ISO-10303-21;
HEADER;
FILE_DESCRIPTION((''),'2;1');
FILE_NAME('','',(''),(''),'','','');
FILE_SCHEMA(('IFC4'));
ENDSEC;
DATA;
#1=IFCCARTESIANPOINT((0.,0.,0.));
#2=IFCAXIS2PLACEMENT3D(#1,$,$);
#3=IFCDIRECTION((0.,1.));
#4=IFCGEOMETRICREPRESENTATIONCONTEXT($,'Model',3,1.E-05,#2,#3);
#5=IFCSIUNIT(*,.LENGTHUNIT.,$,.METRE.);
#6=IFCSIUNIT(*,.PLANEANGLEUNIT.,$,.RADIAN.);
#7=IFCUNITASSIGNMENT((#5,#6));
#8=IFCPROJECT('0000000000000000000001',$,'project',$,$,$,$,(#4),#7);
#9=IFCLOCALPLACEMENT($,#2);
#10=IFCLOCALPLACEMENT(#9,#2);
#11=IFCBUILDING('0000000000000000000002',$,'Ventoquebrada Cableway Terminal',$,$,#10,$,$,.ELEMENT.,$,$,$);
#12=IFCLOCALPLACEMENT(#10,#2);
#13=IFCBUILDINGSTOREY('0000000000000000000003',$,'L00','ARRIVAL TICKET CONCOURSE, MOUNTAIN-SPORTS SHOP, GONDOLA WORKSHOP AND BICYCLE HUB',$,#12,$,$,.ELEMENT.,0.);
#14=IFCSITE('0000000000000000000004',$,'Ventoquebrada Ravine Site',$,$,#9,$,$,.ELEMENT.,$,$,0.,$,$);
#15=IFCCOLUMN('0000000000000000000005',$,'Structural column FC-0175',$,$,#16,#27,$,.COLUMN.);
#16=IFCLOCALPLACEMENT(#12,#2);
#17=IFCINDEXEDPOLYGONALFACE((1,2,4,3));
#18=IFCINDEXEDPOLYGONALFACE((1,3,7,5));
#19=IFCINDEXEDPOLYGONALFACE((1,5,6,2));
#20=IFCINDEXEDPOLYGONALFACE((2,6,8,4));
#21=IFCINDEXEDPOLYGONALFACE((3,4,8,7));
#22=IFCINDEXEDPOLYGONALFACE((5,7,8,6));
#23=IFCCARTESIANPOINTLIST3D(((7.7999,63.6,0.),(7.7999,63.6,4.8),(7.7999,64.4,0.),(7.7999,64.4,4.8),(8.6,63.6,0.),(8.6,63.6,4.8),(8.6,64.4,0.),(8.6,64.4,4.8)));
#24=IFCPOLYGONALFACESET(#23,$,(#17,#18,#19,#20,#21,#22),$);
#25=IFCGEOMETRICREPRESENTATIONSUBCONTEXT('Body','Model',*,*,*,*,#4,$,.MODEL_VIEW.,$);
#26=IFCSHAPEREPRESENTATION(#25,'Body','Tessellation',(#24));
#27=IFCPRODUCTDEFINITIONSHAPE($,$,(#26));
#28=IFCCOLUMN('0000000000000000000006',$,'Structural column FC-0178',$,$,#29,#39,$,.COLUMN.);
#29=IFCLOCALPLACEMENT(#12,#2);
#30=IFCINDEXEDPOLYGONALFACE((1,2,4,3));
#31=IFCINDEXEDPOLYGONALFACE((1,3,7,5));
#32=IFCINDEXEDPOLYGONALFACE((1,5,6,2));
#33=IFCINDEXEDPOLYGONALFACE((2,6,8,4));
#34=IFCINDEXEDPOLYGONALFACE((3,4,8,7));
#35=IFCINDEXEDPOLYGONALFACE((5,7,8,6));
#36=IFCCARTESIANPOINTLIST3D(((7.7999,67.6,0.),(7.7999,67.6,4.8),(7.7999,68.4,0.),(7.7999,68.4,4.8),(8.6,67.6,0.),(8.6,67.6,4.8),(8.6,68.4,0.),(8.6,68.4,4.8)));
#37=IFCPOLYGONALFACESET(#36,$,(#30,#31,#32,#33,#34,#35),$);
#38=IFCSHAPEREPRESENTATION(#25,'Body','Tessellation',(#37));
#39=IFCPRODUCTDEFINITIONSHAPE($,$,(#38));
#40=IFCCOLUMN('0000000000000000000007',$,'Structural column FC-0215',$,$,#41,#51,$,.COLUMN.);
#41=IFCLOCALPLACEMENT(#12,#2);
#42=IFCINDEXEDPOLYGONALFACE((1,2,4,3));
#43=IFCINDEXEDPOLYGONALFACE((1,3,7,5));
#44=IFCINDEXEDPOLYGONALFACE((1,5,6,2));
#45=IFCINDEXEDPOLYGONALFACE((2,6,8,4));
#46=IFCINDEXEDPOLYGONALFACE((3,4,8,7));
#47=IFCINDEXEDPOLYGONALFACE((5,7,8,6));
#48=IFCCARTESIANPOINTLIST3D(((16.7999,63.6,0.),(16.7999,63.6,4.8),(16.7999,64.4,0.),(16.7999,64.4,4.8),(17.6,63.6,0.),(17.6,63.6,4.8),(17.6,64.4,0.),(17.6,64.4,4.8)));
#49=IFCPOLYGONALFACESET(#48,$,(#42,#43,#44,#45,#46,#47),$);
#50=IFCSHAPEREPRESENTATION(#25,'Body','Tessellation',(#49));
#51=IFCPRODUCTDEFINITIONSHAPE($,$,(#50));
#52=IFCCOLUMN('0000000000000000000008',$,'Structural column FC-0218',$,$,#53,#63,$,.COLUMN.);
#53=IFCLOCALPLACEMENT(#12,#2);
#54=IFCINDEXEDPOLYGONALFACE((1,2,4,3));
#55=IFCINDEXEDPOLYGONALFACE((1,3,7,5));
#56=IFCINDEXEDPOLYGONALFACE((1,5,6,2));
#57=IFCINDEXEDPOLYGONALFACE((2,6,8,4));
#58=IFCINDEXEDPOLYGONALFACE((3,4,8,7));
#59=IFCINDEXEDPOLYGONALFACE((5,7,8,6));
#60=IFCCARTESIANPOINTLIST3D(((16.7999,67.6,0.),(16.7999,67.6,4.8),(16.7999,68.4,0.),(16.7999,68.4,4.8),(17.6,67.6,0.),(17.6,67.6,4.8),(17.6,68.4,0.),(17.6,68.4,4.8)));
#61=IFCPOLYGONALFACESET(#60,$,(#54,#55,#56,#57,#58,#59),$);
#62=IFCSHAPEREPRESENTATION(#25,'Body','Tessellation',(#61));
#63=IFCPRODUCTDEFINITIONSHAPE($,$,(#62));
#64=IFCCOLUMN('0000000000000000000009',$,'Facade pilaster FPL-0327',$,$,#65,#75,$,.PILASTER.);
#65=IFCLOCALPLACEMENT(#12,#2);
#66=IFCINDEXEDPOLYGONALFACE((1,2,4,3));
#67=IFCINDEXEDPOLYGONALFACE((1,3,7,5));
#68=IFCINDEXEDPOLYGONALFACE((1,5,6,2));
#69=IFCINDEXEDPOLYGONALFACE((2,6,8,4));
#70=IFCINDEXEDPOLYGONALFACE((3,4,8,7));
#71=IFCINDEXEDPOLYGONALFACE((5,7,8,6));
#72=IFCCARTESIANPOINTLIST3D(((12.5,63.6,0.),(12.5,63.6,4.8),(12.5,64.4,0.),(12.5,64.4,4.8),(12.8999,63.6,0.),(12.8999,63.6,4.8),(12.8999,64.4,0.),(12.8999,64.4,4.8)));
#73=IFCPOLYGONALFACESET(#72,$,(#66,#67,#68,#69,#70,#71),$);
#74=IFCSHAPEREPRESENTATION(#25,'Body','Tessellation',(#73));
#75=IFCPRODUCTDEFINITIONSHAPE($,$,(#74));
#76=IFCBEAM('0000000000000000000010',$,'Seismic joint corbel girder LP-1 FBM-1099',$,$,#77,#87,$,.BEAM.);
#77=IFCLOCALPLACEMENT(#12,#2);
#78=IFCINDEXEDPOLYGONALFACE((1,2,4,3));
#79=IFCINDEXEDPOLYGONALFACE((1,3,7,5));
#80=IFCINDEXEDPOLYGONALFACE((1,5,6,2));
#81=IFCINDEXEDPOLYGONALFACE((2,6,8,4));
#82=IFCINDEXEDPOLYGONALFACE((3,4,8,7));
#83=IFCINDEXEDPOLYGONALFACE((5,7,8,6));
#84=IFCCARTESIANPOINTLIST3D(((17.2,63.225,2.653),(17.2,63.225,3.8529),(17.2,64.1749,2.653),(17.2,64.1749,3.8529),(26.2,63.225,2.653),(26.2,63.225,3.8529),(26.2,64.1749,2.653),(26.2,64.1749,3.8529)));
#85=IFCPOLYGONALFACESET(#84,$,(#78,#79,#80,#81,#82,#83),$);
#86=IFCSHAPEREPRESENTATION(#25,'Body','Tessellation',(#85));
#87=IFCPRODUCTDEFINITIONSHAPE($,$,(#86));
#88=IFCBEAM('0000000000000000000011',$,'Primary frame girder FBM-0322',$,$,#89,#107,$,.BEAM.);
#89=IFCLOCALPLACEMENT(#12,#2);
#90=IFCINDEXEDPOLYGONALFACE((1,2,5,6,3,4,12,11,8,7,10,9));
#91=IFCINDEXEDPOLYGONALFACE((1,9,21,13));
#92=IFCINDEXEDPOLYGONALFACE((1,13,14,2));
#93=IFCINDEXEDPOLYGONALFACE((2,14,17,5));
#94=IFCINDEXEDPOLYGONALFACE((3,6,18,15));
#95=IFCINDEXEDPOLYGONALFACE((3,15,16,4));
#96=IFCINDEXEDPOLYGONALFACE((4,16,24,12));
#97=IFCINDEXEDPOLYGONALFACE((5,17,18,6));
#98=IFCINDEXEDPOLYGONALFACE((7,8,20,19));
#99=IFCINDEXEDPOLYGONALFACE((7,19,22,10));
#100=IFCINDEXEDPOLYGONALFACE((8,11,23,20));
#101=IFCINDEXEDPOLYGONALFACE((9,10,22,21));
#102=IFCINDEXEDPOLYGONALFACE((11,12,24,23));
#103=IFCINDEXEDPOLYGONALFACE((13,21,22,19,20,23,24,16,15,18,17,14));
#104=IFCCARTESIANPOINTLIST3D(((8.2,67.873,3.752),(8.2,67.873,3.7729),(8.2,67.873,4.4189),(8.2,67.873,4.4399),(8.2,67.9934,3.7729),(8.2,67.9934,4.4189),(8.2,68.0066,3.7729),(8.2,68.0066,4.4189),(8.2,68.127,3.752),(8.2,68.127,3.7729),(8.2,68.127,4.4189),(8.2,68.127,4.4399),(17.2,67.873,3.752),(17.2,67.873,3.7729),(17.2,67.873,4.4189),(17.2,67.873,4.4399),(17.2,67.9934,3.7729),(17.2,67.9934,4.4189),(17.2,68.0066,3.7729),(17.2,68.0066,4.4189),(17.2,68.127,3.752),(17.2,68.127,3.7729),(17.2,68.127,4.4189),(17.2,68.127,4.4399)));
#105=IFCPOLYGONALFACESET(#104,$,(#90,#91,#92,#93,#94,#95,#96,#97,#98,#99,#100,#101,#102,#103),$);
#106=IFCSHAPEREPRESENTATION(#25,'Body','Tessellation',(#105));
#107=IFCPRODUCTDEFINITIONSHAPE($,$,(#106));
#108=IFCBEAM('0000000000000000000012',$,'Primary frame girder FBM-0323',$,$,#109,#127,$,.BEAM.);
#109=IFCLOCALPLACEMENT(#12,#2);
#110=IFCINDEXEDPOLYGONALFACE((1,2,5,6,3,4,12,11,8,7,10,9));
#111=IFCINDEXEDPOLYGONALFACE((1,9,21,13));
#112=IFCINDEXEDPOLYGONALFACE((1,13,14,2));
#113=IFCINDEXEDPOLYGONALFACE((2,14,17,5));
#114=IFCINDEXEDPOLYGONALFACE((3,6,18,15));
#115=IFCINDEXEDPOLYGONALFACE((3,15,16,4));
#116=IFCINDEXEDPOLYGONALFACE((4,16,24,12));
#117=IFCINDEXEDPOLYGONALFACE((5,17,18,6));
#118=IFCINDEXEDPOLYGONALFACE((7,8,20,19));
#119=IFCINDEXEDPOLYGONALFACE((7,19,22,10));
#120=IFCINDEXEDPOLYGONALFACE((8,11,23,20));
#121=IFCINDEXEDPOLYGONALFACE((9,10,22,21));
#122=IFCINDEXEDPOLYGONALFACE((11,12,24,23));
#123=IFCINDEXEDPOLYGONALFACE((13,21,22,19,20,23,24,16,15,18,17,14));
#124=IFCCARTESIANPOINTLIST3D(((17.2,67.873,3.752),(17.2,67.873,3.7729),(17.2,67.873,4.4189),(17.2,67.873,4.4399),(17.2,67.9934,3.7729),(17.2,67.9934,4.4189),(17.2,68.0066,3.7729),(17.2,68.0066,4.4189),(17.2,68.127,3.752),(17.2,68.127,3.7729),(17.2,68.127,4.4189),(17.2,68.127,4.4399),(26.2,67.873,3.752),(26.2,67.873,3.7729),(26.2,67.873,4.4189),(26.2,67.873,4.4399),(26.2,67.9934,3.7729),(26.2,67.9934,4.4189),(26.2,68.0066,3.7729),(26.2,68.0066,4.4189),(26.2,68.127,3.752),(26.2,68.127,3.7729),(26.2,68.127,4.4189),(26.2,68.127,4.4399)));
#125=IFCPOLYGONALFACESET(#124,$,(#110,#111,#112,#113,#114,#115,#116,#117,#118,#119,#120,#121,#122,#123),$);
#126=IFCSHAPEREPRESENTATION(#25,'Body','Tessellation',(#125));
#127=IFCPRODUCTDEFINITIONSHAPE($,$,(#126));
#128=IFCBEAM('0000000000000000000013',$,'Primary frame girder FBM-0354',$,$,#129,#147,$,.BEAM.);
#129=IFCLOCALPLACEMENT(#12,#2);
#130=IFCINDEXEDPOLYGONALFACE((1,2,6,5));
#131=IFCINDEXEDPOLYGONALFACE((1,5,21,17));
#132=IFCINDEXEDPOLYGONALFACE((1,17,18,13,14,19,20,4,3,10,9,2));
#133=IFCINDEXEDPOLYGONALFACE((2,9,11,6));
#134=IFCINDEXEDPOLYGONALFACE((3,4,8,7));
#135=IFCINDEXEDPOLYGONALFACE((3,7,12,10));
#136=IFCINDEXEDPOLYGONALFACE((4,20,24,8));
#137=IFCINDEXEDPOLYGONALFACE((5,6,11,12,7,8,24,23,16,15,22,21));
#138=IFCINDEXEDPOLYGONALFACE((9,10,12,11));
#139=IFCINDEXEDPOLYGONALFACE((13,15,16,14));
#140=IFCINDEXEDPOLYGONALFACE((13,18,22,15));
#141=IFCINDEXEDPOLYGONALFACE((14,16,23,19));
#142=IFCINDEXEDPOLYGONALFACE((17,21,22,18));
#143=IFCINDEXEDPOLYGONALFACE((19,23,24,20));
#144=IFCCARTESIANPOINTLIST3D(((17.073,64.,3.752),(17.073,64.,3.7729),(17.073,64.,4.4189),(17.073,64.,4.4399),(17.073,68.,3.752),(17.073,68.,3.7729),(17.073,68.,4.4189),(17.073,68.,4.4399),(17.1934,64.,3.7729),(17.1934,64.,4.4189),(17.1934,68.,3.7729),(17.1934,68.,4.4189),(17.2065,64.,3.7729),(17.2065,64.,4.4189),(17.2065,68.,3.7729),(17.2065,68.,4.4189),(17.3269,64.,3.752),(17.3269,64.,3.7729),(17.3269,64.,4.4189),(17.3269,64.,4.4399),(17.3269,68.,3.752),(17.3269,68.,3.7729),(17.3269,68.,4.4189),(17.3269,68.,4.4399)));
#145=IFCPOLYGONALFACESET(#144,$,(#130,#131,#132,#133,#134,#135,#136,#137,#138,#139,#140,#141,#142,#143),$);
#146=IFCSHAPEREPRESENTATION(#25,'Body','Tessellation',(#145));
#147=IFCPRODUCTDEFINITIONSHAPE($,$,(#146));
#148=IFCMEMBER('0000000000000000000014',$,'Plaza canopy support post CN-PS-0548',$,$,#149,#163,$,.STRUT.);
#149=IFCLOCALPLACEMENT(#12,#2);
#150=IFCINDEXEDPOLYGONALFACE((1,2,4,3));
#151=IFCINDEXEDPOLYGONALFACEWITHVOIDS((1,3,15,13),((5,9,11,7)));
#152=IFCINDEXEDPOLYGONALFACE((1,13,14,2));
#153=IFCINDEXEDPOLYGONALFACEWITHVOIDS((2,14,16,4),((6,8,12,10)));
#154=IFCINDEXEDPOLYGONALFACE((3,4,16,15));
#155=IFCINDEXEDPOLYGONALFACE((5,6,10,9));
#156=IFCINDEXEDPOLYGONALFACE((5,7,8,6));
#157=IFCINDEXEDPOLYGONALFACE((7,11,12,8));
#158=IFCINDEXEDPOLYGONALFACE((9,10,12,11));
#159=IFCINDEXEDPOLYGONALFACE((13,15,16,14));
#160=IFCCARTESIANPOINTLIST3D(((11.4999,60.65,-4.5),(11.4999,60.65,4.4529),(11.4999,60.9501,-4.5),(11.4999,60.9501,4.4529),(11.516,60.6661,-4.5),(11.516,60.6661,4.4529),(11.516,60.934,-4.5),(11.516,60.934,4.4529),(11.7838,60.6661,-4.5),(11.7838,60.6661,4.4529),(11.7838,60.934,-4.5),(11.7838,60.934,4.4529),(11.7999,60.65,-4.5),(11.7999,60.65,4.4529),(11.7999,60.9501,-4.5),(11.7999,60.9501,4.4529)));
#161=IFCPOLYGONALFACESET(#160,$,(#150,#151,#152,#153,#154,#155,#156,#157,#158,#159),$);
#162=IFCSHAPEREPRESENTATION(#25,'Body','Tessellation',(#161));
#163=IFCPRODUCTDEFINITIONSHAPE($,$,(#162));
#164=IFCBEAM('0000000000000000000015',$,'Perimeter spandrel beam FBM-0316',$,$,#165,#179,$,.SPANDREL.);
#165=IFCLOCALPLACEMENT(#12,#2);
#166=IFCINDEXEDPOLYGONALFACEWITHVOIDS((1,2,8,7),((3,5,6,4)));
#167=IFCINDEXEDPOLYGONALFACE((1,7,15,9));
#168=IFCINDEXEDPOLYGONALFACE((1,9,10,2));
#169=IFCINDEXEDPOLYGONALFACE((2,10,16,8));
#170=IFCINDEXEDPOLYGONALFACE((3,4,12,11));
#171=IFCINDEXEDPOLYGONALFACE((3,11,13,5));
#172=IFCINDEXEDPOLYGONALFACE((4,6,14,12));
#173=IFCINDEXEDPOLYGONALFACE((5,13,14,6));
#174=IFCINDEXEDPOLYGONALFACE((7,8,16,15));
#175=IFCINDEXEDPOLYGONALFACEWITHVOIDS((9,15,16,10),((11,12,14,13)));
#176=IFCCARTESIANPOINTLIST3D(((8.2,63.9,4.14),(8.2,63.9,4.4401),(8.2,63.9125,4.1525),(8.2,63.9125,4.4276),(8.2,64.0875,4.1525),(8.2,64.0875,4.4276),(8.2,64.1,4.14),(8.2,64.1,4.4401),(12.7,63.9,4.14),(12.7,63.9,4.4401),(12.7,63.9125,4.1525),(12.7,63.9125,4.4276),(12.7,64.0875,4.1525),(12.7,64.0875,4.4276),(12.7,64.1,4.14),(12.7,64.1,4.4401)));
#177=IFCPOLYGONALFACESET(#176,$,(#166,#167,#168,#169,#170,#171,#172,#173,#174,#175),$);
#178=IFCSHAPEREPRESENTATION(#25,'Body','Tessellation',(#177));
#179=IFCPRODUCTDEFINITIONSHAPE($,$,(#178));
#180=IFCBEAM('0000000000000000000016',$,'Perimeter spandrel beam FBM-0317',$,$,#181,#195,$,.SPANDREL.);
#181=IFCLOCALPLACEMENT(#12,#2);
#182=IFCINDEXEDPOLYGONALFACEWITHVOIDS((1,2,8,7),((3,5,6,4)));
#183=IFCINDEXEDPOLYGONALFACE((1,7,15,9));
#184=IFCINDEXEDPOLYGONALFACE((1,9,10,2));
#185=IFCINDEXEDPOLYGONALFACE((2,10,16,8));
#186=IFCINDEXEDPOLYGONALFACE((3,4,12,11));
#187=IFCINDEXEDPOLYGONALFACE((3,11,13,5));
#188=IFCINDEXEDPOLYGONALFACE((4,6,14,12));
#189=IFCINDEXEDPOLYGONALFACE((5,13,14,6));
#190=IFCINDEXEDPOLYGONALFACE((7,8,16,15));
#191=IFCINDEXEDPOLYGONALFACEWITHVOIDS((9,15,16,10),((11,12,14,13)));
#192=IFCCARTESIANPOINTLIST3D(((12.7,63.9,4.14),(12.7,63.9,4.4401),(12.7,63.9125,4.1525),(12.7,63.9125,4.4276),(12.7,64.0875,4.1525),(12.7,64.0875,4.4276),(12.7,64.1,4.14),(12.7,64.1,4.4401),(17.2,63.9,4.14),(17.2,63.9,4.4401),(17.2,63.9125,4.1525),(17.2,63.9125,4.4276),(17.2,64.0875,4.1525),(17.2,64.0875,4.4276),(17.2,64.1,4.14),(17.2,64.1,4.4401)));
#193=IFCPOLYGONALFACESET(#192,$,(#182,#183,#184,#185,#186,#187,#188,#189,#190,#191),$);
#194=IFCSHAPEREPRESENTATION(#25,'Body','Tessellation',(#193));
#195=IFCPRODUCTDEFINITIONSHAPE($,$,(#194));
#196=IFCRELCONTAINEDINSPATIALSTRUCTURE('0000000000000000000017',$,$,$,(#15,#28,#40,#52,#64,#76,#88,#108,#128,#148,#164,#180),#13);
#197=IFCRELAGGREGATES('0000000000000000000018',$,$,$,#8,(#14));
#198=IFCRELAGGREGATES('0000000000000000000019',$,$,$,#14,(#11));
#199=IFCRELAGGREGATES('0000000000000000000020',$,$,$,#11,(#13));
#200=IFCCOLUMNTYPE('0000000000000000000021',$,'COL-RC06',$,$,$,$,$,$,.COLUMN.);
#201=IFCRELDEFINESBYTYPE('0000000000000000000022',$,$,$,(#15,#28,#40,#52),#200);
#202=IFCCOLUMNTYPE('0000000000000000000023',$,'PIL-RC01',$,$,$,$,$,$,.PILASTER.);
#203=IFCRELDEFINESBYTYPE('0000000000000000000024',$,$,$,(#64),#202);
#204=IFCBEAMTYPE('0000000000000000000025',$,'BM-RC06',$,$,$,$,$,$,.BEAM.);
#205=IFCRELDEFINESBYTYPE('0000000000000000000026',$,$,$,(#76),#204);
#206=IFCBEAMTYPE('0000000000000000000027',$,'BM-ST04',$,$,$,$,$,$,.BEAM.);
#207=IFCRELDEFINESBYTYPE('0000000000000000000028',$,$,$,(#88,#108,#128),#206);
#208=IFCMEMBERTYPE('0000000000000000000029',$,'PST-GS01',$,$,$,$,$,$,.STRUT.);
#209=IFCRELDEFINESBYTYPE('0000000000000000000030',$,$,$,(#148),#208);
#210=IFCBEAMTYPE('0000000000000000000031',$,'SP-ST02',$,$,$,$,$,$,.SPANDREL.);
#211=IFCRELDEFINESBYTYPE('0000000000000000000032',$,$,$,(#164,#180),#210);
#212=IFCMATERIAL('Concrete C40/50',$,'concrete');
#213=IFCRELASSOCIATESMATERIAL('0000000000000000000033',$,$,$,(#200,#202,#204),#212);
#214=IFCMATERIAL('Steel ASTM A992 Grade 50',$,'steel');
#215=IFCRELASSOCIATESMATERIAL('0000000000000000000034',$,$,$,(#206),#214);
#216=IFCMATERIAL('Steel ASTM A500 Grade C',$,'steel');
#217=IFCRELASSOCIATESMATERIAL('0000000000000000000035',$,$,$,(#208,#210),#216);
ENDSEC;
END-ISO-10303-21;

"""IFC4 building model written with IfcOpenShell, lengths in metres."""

from ifc_helpers import new_model, si_unit, direction, frame, origin, origin_2d, place, context, subcontext, project, spatial, rectangle, hollow_rectangle, i_section, extrude, material, material_profile, profile_set, type_object, element, save


model = new_model("IFC4")

# Units and contexts
model_context = context("Model", 3, precision=1e-05, world=origin(), true_north=direction((0.0, 1.0)))
body_context = subcontext(model_context, "Body", "Model", "MODEL_VIEW")
ifc_project = project(units=[si_unit("LENGTHUNIT", "METRE"), si_unit("PLANEANGLEUNIT", "RADIAN")], contexts=[model_context])

# Site, building, storey
site_placement = place(None, origin())
site = spatial("IfcSite", under=ifc_project, at=site_placement, Name="Ventoquebrada Ravine Site", CompositionType="ELEMENT", RefElevation=0.0)
building_placement = place(site_placement, origin())
building = spatial("IfcBuilding", under=site, at=building_placement, Name="Ventoquebrada Cableway Terminal", CompositionType="ELEMENT")
storey_placement = place(building_placement, origin())
storey = spatial("IfcBuildingStorey", under=building, at=storey_placement, Name="L00", Description="ARRIVAL TICKET CONCOURSE, MOUNTAIN-SPORTS SHOP, GONDOLA WORKSHOP AND BICYCLE HUB", CompositionType="ELEMENT", Elevation=0.0)

# Columns
ifc_material_1 = material(Name="Concrete C40/50", Category="concrete")
ifc_material_profile_1 = material_profile(ifc_material_1, rectangle(XDim=0.8, YDim=0.8, at=origin_2d()), Name="RC-COL-800X800")
ifc_profile_set_1 = profile_set([ifc_material_profile_1], Name="Concrete C40/50")
column_type_1 = type_object("IfcColumnType", Name="COL-RC06", PredefinedType="COLUMN", material=ifc_profile_set_1)
for number, where, z_axis, x_axis, name in (
    (1, (8.2, 64.0, 0.0), (0.0, 0.0, 1.0), (1.0, 0.0, 0.0), "Structural column FC-0175"),
    (2, (8.2, 68.0, 0.0), (0.0, 0.0, 1.0), (1.0, 0.0, 0.0), "Structural column FC-0178"),
    (3, (17.2, 64.0, 0.0), (0.0, 0.0, 1.0), (1.0, 0.0, 0.0), "Structural column FC-0215"),
    (4, (17.2, 68.0, 0.0), (0.0, 0.0, 1.0), (1.0, 0.0, 0.0), "Structural column FC-0218"),
):
    element("IfcColumn", number, at=place(storey_placement, frame(where, z_axis=z_axis, x_axis=x_axis)), inside=storey, type_object=column_type_1, Name=name, PredefinedType="COLUMN", context=body_context, shape_type="SweptSolid", body=[
        extrude(rectangle(XDim=0.8, YDim=0.8, at=origin_2d()), origin(), (0.0, 0.0, 1.0), 4.8),
    ])
ifc_material_profile_2 = material_profile(ifc_material_1, rectangle(XDim=0.3999, YDim=0.8, at=origin_2d()), Name="RC-PIL-400X800")
ifc_profile_set_2 = profile_set([ifc_material_profile_2], Name="Concrete C40/50")
column_type_2 = type_object("IfcColumnType", Name="PIL-RC01", PredefinedType="PILASTER", material=ifc_profile_set_2)
column_placement = place(storey_placement, frame((12.7, 64.0, 0.0), z_axis=(0.0, 0.0, 1.0), x_axis=(1.0, 0.0, 0.0)))
element("IfcColumn", 5, at=column_placement, inside=storey, type_object=column_type_2, Name="Facade pilaster FPL-0327", PredefinedType="PILASTER", context=body_context, shape_type="SweptSolid", body=[
    extrude(rectangle(XDim=0.3999, YDim=0.8, at=origin_2d()), origin(), (0.0, 0.0, 1.0), 4.8),
])

# Beams
ifc_material_profile_3 = material_profile(ifc_material_1, rectangle(XDim=0.95, YDim=1.2, at=origin_2d()), Name="RC-BM-950X1200")
ifc_profile_set_3 = profile_set([ifc_material_profile_3], Name="Concrete C40/50")
beam_type_1 = type_object("IfcBeamType", Name="BM-RC06", PredefinedType="BEAM", material=ifc_profile_set_3)
beam_1_placement = place(storey_placement, frame((17.2, 63.7, 3.2529), z_axis=(1.0, 0.0, 0.0), x_axis=(0.0, 1.0, 0.0)))
element("IfcBeam", 6, at=beam_1_placement, inside=storey, type_object=beam_type_1, Name="Seismic joint corbel girder LP-1 FBM-1099", PredefinedType="BEAM", context=body_context, shape_type="SweptSolid", body=[
    extrude(rectangle(XDim=0.95, YDim=1.2, at=origin_2d()), origin(), (0.0, 0.0, 1.0), 9.0),
])
ifc_material_2 = material(Name="Steel ASTM A992 Grade 50", Category="steel")
ifc_material_profile_4 = material_profile(ifc_material_2, i_section(OverallWidth=0.2539, OverallDepth=0.688, WebThickness=0.0132, FlangeThickness=0.021, at=origin_2d()), Name="W27X102")
ifc_profile_set_4 = profile_set([ifc_material_profile_4], Name="Steel ASTM A992 Grade 50")
beam_type_2 = type_object("IfcBeamType", Name="BM-ST04", PredefinedType="BEAM", material=ifc_profile_set_4)
for number, where, z_axis, x_axis, name in (
    (7, (8.2, 68.0, 4.0959), (1.0, 0.0, 0.0), (0.0, 1.0, 0.0), "Primary frame girder FBM-0322"),
    (8, (17.2, 68.0, 4.0959), (1.0, 0.0, 0.0), (0.0, 1.0, 0.0), "Primary frame girder FBM-0323"),
):
    element("IfcBeam", number, at=place(storey_placement, frame(where, z_axis=z_axis, x_axis=x_axis)), inside=storey, type_object=beam_type_2, Name=name, PredefinedType="BEAM", context=body_context, shape_type="SweptSolid", body=[
        extrude(i_section(OverallWidth=0.2539, OverallDepth=0.688, WebThickness=0.0132, FlangeThickness=0.021, at=origin_2d()), origin(), (0.0, 0.0, 1.0), 9.0),
    ])
beam_2_placement = place(storey_placement, frame((17.2, 64.0, 4.0959), z_axis=(0.0, 1.0, 0.0), x_axis=(-1.0, 0.0, 0.0)))
element("IfcBeam", 9, at=beam_2_placement, inside=storey, type_object=beam_type_2, Name="Primary frame girder FBM-0354", PredefinedType="BEAM", context=body_context, shape_type="SweptSolid", body=[
    extrude(i_section(OverallWidth=0.2539, OverallDepth=0.688, WebThickness=0.0132, FlangeThickness=0.021, at=origin_2d()), origin(), (0.0, 0.0, 1.0), 4.0),
])

# Member
ifc_material_3 = material(Name="Steel ASTM A500 Grade C", Category="steel")
ifc_material_profile_5 = material_profile(ifc_material_3, hollow_rectangle(XDim=0.3, YDim=0.3, WallThickness=0.0161, at=origin_2d()), Name="HSS300X300X16")
ifc_profile_set_5 = profile_set([ifc_material_profile_5], Name="Steel ASTM A500 Grade C")
member_type = type_object("IfcMemberType", Name="PST-GS01", PredefinedType="STRUT", material=ifc_profile_set_5)
member_placement = place(storey_placement, frame((11.6499, 60.8, -4.5), z_axis=(0.0, 0.0, 1.0), x_axis=(1.0, 0.0, 0.0)))
element("IfcMember", 10, at=member_placement, inside=storey, type_object=member_type, Name="Plaza canopy support post CN-PS-0548", PredefinedType="STRUT", context=body_context, shape_type="SweptSolid", body=[
    extrude(hollow_rectangle(XDim=0.3, YDim=0.3, WallThickness=0.0161, at=origin_2d()), origin(), (0.0, 0.0, 1.0), 8.9529),
])

# Beams
ifc_material_profile_6 = material_profile(ifc_material_3, hollow_rectangle(XDim=0.2, YDim=0.3, WallThickness=0.0125, at=origin_2d()), Name="RHS300X200X12.5")
ifc_profile_set_6 = profile_set([ifc_material_profile_6], Name="Steel ASTM A500 Grade C")
beam_type_3 = type_object("IfcBeamType", Name="SP-ST02", PredefinedType="SPANDREL", material=ifc_profile_set_6)
for number, where, z_axis, x_axis, name in (
    (11, (8.2, 64.0, 4.29), (1.0, 0.0, 0.0), (0.0, 1.0, 0.0), "Perimeter spandrel beam FBM-0316"),
    (12, (12.7, 64.0, 4.29), (1.0, 0.0, 0.0), (0.0, 1.0, 0.0), "Perimeter spandrel beam FBM-0317"),
):
    element("IfcBeam", number, at=place(storey_placement, frame(where, z_axis=z_axis, x_axis=x_axis)), inside=storey, type_object=beam_type_3, Name=name, PredefinedType="SPANDREL", context=body_context, shape_type="SweptSolid", body=[
        extrude(hollow_rectangle(XDim=0.2, YDim=0.3, WallThickness=0.0125, at=origin_2d()), origin(), (0.0, 0.0, 1.0), 4.5),
    ])

save(model, "model.ifc")
